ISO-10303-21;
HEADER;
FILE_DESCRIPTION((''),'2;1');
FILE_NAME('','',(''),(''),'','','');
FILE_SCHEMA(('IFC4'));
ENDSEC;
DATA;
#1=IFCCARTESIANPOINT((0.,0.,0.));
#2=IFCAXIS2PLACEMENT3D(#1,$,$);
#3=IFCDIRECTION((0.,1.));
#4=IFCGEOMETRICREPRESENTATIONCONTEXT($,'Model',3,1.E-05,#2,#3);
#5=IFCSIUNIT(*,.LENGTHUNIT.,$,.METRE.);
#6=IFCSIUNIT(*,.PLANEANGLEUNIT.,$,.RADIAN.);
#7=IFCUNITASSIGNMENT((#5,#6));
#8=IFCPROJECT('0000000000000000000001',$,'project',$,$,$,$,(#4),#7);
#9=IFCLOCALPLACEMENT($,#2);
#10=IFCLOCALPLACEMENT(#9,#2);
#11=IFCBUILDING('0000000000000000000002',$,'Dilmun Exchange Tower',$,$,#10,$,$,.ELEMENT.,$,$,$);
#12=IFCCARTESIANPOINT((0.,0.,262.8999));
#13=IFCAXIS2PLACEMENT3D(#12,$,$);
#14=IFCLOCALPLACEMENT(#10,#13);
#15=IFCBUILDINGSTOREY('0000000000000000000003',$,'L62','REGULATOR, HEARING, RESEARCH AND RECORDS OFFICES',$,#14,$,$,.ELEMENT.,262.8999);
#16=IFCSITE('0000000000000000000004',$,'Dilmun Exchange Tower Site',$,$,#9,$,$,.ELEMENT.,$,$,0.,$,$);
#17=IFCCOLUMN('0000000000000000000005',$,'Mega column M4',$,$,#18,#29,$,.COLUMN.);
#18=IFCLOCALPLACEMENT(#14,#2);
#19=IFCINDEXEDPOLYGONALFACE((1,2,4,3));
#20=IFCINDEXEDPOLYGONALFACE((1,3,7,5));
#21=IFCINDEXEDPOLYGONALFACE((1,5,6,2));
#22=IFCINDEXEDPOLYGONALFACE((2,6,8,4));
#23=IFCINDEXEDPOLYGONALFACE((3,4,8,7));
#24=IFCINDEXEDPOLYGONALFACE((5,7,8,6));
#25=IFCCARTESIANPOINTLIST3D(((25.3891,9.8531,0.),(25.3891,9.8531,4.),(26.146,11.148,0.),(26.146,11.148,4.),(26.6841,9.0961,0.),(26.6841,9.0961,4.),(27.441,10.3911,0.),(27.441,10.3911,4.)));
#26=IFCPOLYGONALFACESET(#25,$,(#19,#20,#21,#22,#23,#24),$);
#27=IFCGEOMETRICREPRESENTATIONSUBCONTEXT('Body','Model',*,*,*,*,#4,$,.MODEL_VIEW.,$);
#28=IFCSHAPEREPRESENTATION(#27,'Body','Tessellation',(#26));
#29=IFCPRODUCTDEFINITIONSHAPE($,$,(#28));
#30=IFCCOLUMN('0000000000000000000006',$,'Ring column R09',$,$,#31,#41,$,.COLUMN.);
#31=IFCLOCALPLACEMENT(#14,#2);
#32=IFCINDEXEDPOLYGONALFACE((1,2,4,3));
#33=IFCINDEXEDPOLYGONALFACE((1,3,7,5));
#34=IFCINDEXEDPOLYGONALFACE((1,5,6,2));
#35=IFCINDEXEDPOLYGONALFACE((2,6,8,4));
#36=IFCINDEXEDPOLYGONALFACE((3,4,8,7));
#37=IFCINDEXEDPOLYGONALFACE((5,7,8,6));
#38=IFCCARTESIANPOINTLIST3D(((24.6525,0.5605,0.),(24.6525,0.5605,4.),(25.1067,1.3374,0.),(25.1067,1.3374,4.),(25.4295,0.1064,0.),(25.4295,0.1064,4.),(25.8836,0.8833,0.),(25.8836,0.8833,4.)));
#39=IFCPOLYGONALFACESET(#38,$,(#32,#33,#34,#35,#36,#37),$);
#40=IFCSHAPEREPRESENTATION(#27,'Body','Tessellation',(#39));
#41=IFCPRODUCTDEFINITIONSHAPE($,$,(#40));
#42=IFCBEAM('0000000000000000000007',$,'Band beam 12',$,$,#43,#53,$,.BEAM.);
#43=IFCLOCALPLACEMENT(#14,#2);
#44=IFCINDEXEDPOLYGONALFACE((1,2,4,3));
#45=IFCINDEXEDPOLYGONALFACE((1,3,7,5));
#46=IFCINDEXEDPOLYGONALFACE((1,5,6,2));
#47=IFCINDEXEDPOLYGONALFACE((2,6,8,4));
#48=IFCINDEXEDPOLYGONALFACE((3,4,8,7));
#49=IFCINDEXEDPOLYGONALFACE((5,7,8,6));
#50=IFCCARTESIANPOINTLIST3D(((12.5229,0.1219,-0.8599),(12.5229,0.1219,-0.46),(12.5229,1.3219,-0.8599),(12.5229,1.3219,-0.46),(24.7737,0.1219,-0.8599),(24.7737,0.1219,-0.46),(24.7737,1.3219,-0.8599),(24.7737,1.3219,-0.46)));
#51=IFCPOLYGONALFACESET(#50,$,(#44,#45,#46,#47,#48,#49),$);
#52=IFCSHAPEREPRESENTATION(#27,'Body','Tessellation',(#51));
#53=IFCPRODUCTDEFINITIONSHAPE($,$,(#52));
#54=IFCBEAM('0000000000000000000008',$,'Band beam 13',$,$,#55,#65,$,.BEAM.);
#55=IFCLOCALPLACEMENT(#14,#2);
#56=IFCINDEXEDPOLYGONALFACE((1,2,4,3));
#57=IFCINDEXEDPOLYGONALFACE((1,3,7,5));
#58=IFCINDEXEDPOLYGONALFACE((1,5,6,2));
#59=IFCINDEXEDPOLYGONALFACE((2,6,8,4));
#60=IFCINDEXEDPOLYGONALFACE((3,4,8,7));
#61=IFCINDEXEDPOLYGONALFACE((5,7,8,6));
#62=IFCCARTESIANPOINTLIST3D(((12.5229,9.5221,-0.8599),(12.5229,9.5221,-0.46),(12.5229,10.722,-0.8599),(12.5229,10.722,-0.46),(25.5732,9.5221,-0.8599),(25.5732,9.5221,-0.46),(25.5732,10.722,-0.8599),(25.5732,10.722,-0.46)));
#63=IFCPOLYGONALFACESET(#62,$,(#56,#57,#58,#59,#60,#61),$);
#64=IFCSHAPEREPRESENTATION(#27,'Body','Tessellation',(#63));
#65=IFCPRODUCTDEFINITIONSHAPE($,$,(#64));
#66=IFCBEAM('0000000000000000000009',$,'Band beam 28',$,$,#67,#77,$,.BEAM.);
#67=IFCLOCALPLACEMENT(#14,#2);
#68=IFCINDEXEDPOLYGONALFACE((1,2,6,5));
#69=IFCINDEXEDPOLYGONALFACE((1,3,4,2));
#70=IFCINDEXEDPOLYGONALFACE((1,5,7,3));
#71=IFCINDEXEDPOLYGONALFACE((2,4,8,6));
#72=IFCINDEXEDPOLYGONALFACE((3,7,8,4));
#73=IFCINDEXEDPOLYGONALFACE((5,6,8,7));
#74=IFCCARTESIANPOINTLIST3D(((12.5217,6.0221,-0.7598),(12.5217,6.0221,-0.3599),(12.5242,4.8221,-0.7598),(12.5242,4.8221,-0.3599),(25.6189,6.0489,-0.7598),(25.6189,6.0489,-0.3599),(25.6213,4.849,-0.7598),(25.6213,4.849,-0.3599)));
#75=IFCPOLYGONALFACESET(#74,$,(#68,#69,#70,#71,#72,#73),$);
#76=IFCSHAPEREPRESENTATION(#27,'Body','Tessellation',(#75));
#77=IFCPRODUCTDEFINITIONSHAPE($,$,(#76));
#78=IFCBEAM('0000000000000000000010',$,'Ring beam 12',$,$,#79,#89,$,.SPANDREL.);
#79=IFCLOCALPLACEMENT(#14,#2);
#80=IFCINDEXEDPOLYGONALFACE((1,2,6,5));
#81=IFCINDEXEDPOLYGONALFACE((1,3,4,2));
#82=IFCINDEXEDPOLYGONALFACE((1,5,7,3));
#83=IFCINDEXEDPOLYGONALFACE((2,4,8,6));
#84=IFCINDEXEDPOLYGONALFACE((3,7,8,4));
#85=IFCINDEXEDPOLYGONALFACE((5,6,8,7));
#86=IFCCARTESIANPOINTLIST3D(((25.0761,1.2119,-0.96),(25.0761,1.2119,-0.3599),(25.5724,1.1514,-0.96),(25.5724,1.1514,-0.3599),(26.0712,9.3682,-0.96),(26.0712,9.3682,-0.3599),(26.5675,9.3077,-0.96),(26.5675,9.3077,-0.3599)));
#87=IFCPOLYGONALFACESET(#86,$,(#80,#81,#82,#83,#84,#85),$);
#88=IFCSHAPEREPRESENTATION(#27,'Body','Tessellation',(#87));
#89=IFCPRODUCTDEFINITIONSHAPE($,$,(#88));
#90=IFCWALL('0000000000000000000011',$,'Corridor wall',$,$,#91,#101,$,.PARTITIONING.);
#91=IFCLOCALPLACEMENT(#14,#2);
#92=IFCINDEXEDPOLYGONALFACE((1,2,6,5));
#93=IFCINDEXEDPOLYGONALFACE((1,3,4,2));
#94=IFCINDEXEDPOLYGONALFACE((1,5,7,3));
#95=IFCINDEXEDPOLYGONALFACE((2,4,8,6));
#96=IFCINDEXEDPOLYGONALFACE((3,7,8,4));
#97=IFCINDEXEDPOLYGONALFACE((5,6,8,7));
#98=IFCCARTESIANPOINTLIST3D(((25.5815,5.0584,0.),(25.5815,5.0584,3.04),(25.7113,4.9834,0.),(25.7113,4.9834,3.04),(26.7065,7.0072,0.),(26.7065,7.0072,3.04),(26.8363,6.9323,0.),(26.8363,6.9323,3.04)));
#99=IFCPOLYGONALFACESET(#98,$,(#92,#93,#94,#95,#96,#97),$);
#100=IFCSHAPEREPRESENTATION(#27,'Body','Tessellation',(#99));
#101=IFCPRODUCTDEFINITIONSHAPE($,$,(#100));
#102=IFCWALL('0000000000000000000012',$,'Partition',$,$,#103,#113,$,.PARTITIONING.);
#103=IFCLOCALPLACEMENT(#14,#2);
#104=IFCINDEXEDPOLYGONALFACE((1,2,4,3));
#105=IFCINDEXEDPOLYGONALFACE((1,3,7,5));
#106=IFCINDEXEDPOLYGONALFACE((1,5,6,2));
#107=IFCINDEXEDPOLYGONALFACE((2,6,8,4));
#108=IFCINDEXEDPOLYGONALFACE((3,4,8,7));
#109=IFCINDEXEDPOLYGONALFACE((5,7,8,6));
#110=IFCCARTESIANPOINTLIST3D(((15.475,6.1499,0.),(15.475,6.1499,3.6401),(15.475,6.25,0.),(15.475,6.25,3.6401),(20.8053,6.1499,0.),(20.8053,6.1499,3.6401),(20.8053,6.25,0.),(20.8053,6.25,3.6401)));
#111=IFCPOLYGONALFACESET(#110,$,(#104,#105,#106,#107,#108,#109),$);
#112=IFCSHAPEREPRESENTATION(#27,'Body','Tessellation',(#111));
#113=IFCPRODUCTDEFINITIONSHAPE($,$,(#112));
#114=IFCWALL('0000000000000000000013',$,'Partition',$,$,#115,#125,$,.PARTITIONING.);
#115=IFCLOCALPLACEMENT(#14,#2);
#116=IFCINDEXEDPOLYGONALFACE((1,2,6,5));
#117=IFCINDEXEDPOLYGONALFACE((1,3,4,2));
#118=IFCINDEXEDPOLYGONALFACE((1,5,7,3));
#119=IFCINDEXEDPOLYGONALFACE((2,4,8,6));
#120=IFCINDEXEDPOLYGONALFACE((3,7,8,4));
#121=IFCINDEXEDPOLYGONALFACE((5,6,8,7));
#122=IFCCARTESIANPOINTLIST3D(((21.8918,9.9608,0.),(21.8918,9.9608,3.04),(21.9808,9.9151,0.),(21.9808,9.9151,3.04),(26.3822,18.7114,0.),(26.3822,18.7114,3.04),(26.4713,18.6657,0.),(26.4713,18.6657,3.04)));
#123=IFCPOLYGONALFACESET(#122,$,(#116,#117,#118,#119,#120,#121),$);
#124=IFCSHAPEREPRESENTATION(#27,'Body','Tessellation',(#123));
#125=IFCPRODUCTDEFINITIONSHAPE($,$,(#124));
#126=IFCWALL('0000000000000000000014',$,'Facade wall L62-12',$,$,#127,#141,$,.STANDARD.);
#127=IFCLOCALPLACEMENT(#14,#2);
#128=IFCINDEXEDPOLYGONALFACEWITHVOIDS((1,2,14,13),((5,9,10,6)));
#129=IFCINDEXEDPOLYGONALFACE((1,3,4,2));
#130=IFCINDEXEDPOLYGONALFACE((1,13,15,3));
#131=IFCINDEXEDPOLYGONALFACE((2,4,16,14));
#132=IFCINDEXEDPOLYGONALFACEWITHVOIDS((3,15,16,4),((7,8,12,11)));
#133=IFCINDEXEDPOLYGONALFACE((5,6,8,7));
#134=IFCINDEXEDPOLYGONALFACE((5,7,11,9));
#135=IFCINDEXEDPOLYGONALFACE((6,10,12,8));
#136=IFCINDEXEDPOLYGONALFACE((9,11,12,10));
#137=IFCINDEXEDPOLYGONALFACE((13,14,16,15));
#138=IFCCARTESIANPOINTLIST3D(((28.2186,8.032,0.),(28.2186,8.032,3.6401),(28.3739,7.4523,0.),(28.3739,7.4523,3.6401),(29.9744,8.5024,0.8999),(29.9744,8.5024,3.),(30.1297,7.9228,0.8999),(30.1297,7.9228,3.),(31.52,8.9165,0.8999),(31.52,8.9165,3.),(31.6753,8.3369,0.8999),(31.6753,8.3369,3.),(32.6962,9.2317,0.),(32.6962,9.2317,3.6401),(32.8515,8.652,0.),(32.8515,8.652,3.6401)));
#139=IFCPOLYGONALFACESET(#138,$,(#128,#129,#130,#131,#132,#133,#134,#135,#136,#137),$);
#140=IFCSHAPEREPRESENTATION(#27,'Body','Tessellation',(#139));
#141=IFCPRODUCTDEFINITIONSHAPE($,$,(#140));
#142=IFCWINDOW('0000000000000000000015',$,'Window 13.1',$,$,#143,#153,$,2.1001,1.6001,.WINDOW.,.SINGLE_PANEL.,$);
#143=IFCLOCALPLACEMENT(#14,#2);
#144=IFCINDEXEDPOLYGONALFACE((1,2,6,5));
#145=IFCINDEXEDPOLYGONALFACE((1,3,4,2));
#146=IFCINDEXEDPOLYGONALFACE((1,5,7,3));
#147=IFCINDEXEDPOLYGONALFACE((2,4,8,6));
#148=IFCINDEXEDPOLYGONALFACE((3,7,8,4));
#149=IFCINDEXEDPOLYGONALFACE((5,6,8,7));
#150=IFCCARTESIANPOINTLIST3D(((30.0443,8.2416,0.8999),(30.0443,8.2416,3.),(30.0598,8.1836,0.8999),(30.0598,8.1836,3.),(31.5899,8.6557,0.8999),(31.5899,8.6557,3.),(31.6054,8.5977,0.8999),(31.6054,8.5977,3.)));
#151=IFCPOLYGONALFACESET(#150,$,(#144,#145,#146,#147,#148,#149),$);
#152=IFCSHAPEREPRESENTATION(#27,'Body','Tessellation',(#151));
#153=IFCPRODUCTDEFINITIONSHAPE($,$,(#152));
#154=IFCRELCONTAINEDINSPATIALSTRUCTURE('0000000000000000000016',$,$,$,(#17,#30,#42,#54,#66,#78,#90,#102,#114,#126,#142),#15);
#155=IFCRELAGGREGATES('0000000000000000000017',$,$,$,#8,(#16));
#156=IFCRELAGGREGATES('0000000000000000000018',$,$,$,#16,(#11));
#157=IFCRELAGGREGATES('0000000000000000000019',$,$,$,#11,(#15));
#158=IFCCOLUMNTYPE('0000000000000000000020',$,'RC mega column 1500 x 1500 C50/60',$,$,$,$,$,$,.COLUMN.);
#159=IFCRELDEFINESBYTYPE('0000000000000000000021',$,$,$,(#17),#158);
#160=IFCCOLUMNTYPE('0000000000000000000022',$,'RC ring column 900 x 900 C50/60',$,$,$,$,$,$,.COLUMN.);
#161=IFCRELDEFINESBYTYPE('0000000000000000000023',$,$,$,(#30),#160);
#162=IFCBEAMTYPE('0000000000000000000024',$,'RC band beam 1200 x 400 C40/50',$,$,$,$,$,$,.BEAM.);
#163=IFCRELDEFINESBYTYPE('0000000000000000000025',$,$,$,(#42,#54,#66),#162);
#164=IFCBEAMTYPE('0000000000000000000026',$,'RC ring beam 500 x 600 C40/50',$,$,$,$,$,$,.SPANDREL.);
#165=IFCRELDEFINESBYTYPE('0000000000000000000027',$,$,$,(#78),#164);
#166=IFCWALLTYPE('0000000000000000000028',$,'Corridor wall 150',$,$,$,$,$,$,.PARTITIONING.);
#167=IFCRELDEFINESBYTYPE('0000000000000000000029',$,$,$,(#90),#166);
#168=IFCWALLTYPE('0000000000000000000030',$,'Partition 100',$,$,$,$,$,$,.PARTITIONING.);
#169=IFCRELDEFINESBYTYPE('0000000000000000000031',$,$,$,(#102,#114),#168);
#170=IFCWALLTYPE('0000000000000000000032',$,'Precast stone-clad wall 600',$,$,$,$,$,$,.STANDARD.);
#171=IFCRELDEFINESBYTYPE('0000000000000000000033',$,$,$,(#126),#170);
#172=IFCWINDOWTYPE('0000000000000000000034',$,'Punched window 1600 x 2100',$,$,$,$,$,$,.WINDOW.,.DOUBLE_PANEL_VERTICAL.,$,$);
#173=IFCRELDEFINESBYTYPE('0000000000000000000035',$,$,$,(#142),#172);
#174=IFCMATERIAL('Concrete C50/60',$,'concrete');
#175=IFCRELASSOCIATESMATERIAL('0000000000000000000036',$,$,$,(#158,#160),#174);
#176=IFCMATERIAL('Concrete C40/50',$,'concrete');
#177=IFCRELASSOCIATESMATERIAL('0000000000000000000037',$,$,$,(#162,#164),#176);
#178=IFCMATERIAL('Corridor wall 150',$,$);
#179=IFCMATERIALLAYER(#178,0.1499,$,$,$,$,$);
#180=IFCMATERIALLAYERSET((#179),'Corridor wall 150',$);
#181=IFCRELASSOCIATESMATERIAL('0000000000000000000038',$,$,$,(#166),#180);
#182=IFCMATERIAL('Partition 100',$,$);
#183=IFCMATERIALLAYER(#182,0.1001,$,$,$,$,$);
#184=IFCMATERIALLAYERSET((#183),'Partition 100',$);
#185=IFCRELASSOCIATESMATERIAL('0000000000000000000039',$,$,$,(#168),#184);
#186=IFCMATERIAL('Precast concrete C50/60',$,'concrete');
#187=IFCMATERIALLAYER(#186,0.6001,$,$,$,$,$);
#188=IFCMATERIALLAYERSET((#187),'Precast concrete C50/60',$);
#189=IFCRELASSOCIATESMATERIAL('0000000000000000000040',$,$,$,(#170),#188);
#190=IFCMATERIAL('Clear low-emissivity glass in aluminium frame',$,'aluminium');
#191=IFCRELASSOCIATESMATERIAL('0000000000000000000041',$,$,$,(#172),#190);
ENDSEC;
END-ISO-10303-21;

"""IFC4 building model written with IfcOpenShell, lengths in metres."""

from ifc_helpers import new_model, si_unit, direction, frame, frame_2d, origin, origin_2d, place, context, subcontext, project, spatial, rectangle, extrude, material, layer, layer_set, material_profile, profile_set, type_object, element, fill, save


model = new_model("IFC4")

# Units and contexts
model_context = context("Model", 3, precision=1e-05, world=origin(), true_north=direction((0.0, 1.0)))
body_context = subcontext(model_context, "Body", "Model", "MODEL_VIEW")
ifc_project = project(units=[si_unit("LENGTHUNIT", "METRE"), si_unit("PLANEANGLEUNIT", "RADIAN")], contexts=[model_context])

# Site, building, storey
site_placement = place(None, origin())
site = spatial("IfcSite", under=ifc_project, at=site_placement, Name="Dilmun Exchange Tower Site", CompositionType="ELEMENT", RefElevation=0.0)
building_placement = place(site_placement, origin())
building = spatial("IfcBuilding", under=site, at=building_placement, Name="Dilmun Exchange Tower", CompositionType="ELEMENT")
storey_placement = place(building_placement, frame((0.0, 0.0, 262.8999)))
storey = spatial("IfcBuildingStorey", under=building, at=storey_placement, Name="L62", Description="REGULATOR, HEARING, RESEARCH AND RECORDS OFFICES", CompositionType="ELEMENT", Elevation=262.8999)

# Columns
ifc_material_1 = material(Name="Concrete C50/60", Category="concrete")
ifc_material_profile_1 = material_profile(ifc_material_1, rectangle(XDim=1.5, YDim=1.5, at=origin_2d()), Name="1500 x 1500")
ifc_profile_set_1 = profile_set([ifc_material_profile_1], Name="Concrete C50/60")
column_type_1 = type_object("IfcColumnType", Name="RC mega column 1500 x 1500 C50/60", PredefinedType="COLUMN", material=ifc_profile_set_1)
column_1_placement = place(storey_placement, frame((26.415, 10.1221, 0.0), z_axis=(0.0, 0.0, 1.0), x_axis=(0.504644, 0.863328, 0.0)))
element("IfcColumn", 1, at=column_1_placement, inside=storey, type_object=column_type_1, Name="Mega column M4", PredefinedType="COLUMN", context=body_context, shape_type="SweptSolid", body=[
    extrude(rectangle(XDim=1.5, YDim=1.5, at=origin_2d()), origin(), (0.0, 0.0, 1.0), 4.0),
])
ifc_material_profile_2 = material_profile(ifc_material_1, rectangle(XDim=0.8999, YDim=0.8999, at=origin_2d()), Name="900 x 900")
ifc_profile_set_2 = profile_set([ifc_material_profile_2], Name="Concrete C50/60")
column_type_2 = type_object("IfcColumnType", Name="RC ring column 900 x 900 C50/60", PredefinedType="COLUMN", material=ifc_profile_set_2)
column_2_placement = place(storey_placement, frame((25.2681, 0.7219, 0.0), z_axis=(0.0, 0.0, 1.0), x_axis=(0.504644, 0.863328, 0.0)))
element("IfcColumn", 2, at=column_2_placement, inside=storey, type_object=column_type_2, Name="Ring column R09", PredefinedType="COLUMN", context=body_context, shape_type="SweptSolid", body=[
    extrude(rectangle(XDim=0.8999, YDim=0.8999, at=origin_2d()), origin(), (0.0, 0.0, 1.0), 4.0),
])

# Beams
ifc_material_2 = material(Name="Concrete C40/50", Category="concrete")
ifc_material_profile_3 = material_profile(ifc_material_2, rectangle(XDim=1.2, YDim=0.3999, at=origin_2d()), Name="1200 x 400")
ifc_profile_set_3 = profile_set([ifc_material_profile_3], Name="Concrete C40/50")
beam_type_1 = type_object("IfcBeamType", Name="RC band beam 1200 x 400 C40/50", PredefinedType="BEAM", material=ifc_profile_set_3)
beam_1_placement = place(storey_placement, frame((24.7737, 0.7219, -0.6599), z_axis=(-1.0, 0.0, 0.0), x_axis=(0.0, -1.0, 0.0)))
element("IfcBeam", 3, at=beam_1_placement, inside=storey, type_object=beam_type_1, Name="Band beam 12", PredefinedType="BEAM", context=body_context, shape_type="SweptSolid", body=[
    extrude(rectangle(XDim=1.2, YDim=0.3999, at=origin_2d()), origin(), (0.0, 0.0, 1.0), 12.2507),
])
beam_2_placement = place(storey_placement, frame((25.5732, 10.1221, -0.6599), z_axis=(-1.0, 0.0, 0.0), x_axis=(0.0, -1.0, 0.0)))
element("IfcBeam", 4, at=beam_2_placement, inside=storey, type_object=beam_type_1, Name="Band beam 13", PredefinedType="BEAM", context=body_context, shape_type="SweptSolid", body=[
    extrude(rectangle(XDim=1.2, YDim=0.3999, at=origin_2d()), origin(), (0.0, 0.0, 1.0), 13.0503),
])
beam_3_placement = place(storey_placement, frame((25.6201, 5.449, -0.5598), z_axis=(-0.999998, -0.00205, 0.0), x_axis=(0.00205, -0.999998, 0.0)))
element("IfcBeam", 5, at=beam_3_placement, inside=storey, type_object=beam_type_1, Name="Band beam 28", PredefinedType="BEAM", context=body_context, shape_type="SweptSolid", body=[
    extrude(rectangle(XDim=1.2, YDim=0.3999, at=origin_2d()), origin(), (0.0, 0.0, 1.0), 13.0972),
])
ifc_material_profile_4 = material_profile(ifc_material_2, rectangle(XDim=0.5, YDim=0.6001, at=origin_2d()), Name="500 x 600")
ifc_profile_set_4 = profile_set([ifc_material_profile_4], Name="Concrete C40/50")
beam_type_2 = type_object("IfcBeamType", Name="RC ring beam 500 x 600 C40/50", PredefinedType="SPANDREL", material=ifc_profile_set_4)
beam_4_placement = place(storey_placement, frame((25.3242, 1.1816, -0.6599), z_axis=(0.121109, 0.992639, 0.0), x_axis=(-0.992639, 0.121109, 0.0)))
element("IfcBeam", 6, at=beam_4_placement, inside=storey, type_object=beam_type_2, Name="Ring beam 12", PredefinedType="SPANDREL", context=body_context, shape_type="SweptSolid", body=[
    extrude(rectangle(XDim=0.5, YDim=0.6001, at=origin_2d()), origin(), (0.0, 0.0, 1.0), 8.2168),
])

# Walls
ifc_material_3 = material(Name="Corridor wall 150")
ifc_layer_1 = layer(ifc_material_3, 0.1499)
ifc_layer_set_1 = layer_set([ifc_layer_1], Name="Corridor wall 150")
wall_type_1 = type_object("IfcWallType", Name="Corridor wall 150", PredefinedType="PARTITIONING", material=ifc_layer_set_1)
wall_1_placement = place(storey_placement, frame((25.6465, 5.021, 0.0), z_axis=(0.0, 0.0, 1.0), x_axis=(0.49992, 0.866072, 0.0)))
element("IfcWall", 7, at=wall_1_placement, inside=storey, type_object=wall_type_1, Name="Corridor wall", PredefinedType="PARTITIONING", context=body_context, shape_type="SweptSolid", body=[
    extrude(rectangle(XDim=2.2502, YDim=0.1499, at=frame_2d((1.125, 0.0))), origin(), (0.0, 0.0, 1.0), 3.04),
])
ifc_material_4 = material(Name="Partition 100")
ifc_layer_2 = layer(ifc_material_4, 0.1001)
ifc_layer_set_2 = layer_set([ifc_layer_2], Name="Partition 100")
wall_type_2 = type_object("IfcWallType", Name="Partition 100", PredefinedType="PARTITIONING", material=ifc_layer_set_2)
wall_2_placement = place(storey_placement, frame((15.4751, 6.2, 0.0), z_axis=(0.0, 0.0, 1.0), x_axis=(1.0, 0.0, 0.0)))
element("IfcWall", 8, at=wall_2_placement, inside=storey, type_object=wall_type_2, Name="Partition", PredefinedType="PARTITIONING", context=body_context, shape_type="SweptSolid", body=[
    extrude(rectangle(XDim=5.3303, YDim=0.1001, at=frame_2d((2.665, 0.0))), origin(), (0.0, 0.0, 1.0), 3.6401),
])
wall_3_placement = place(storey_placement, frame((21.9363, 9.938, 0.0), z_axis=(0.0, 0.0, 1.0), x_axis=(0.456562, 0.889692, 0.0)))
element("IfcWall", 9, at=wall_3_placement, inside=storey, type_object=wall_type_2, Name="Partition", PredefinedType="PARTITIONING", context=body_context, shape_type="SweptSolid", body=[
    extrude(rectangle(XDim=9.8354, YDim=0.1001, at=frame_2d((4.9177, 0.0))), origin(), (0.0, 0.0, 1.0), 3.04),
])

# Wall, opening, window
ifc_material_5 = material(Name="Precast concrete C50/60", Category="concrete")
ifc_layer_3 = layer(ifc_material_5, 0.6001)
ifc_layer_set_3 = layer_set([ifc_layer_3], Name="Precast concrete C50/60")
wall_type_3 = type_object("IfcWallType", Name="Precast stone-clad wall 600", PredefinedType="STANDARD", material=ifc_layer_set_3)
wall_4_placement = place(storey_placement, frame((32.7739, 8.9419, 0.0), z_axis=(0.0, 0.0, 1.0), x_axis=(-0.965928, -0.25881, 0.0)))
wall_4 = element("IfcWall", 10, at=wall_4_placement, inside=storey, type_object=wall_type_3, Name="Facade wall L62-12", PredefinedType="STANDARD", context=body_context, shape_type="SweptSolid", body=[
    extrude(rectangle(XDim=4.6355, YDim=0.6001, at=frame_2d((2.3179, 0.0))), origin(), (0.0, 0.0, 1.0), 3.6401),
])
opening_1_placement = place(wall_4_placement, frame((1.2178, 0.0, 0.8999)))
opening_1 = element("IfcOpeningElement", 11, at=opening_1_placement, cuts=wall_4, PredefinedType="OPENING", context=body_context, shape_type="SweptSolid", body=[
    extrude(rectangle(XDim=1.6001, YDim=2.1001, at=frame_2d((0.8, 1.05))), frame((0.0, 0.3101, 0.0), z_axis=(0.0, -1.0, 0.0), x_axis=(1.0, 0.0, 0.0)), (0.0, 0.0, 1.0), 0.6201),
])
ifc_material_6 = material(Name="Clear low-emissivity glass in aluminium frame", Category="aluminium")
window_type = type_object("IfcWindowType", Name="Punched window 1600 x 2100", PartitioningType="DOUBLE_PANEL_VERTICAL", PredefinedType="WINDOW", material=ifc_material_6)
window_1_placement = place(opening_1_placement, origin())
window_1 = element("IfcWindow", 12, at=window_1_placement, inside=storey, type_object=window_type, Name="Window 13.1", OverallHeight=2.1001, OverallWidth=1.6001, PartitioningType="SINGLE_PANEL", PredefinedType="WINDOW", context=body_context, shape_type="SweptSolid", body=[
    extrude(rectangle(XDim=1.6001, YDim=2.1001, at=frame_2d((0.8, 1.05))), frame((0.0, 0.03, 0.0), z_axis=(0.0, -1.0, 0.0), x_axis=(1.0, 0.0, 0.0)), (0.0, 0.0, 1.0), 0.0601),
])
fill(opening_1, window_1)

save(model, "model.ifc")
